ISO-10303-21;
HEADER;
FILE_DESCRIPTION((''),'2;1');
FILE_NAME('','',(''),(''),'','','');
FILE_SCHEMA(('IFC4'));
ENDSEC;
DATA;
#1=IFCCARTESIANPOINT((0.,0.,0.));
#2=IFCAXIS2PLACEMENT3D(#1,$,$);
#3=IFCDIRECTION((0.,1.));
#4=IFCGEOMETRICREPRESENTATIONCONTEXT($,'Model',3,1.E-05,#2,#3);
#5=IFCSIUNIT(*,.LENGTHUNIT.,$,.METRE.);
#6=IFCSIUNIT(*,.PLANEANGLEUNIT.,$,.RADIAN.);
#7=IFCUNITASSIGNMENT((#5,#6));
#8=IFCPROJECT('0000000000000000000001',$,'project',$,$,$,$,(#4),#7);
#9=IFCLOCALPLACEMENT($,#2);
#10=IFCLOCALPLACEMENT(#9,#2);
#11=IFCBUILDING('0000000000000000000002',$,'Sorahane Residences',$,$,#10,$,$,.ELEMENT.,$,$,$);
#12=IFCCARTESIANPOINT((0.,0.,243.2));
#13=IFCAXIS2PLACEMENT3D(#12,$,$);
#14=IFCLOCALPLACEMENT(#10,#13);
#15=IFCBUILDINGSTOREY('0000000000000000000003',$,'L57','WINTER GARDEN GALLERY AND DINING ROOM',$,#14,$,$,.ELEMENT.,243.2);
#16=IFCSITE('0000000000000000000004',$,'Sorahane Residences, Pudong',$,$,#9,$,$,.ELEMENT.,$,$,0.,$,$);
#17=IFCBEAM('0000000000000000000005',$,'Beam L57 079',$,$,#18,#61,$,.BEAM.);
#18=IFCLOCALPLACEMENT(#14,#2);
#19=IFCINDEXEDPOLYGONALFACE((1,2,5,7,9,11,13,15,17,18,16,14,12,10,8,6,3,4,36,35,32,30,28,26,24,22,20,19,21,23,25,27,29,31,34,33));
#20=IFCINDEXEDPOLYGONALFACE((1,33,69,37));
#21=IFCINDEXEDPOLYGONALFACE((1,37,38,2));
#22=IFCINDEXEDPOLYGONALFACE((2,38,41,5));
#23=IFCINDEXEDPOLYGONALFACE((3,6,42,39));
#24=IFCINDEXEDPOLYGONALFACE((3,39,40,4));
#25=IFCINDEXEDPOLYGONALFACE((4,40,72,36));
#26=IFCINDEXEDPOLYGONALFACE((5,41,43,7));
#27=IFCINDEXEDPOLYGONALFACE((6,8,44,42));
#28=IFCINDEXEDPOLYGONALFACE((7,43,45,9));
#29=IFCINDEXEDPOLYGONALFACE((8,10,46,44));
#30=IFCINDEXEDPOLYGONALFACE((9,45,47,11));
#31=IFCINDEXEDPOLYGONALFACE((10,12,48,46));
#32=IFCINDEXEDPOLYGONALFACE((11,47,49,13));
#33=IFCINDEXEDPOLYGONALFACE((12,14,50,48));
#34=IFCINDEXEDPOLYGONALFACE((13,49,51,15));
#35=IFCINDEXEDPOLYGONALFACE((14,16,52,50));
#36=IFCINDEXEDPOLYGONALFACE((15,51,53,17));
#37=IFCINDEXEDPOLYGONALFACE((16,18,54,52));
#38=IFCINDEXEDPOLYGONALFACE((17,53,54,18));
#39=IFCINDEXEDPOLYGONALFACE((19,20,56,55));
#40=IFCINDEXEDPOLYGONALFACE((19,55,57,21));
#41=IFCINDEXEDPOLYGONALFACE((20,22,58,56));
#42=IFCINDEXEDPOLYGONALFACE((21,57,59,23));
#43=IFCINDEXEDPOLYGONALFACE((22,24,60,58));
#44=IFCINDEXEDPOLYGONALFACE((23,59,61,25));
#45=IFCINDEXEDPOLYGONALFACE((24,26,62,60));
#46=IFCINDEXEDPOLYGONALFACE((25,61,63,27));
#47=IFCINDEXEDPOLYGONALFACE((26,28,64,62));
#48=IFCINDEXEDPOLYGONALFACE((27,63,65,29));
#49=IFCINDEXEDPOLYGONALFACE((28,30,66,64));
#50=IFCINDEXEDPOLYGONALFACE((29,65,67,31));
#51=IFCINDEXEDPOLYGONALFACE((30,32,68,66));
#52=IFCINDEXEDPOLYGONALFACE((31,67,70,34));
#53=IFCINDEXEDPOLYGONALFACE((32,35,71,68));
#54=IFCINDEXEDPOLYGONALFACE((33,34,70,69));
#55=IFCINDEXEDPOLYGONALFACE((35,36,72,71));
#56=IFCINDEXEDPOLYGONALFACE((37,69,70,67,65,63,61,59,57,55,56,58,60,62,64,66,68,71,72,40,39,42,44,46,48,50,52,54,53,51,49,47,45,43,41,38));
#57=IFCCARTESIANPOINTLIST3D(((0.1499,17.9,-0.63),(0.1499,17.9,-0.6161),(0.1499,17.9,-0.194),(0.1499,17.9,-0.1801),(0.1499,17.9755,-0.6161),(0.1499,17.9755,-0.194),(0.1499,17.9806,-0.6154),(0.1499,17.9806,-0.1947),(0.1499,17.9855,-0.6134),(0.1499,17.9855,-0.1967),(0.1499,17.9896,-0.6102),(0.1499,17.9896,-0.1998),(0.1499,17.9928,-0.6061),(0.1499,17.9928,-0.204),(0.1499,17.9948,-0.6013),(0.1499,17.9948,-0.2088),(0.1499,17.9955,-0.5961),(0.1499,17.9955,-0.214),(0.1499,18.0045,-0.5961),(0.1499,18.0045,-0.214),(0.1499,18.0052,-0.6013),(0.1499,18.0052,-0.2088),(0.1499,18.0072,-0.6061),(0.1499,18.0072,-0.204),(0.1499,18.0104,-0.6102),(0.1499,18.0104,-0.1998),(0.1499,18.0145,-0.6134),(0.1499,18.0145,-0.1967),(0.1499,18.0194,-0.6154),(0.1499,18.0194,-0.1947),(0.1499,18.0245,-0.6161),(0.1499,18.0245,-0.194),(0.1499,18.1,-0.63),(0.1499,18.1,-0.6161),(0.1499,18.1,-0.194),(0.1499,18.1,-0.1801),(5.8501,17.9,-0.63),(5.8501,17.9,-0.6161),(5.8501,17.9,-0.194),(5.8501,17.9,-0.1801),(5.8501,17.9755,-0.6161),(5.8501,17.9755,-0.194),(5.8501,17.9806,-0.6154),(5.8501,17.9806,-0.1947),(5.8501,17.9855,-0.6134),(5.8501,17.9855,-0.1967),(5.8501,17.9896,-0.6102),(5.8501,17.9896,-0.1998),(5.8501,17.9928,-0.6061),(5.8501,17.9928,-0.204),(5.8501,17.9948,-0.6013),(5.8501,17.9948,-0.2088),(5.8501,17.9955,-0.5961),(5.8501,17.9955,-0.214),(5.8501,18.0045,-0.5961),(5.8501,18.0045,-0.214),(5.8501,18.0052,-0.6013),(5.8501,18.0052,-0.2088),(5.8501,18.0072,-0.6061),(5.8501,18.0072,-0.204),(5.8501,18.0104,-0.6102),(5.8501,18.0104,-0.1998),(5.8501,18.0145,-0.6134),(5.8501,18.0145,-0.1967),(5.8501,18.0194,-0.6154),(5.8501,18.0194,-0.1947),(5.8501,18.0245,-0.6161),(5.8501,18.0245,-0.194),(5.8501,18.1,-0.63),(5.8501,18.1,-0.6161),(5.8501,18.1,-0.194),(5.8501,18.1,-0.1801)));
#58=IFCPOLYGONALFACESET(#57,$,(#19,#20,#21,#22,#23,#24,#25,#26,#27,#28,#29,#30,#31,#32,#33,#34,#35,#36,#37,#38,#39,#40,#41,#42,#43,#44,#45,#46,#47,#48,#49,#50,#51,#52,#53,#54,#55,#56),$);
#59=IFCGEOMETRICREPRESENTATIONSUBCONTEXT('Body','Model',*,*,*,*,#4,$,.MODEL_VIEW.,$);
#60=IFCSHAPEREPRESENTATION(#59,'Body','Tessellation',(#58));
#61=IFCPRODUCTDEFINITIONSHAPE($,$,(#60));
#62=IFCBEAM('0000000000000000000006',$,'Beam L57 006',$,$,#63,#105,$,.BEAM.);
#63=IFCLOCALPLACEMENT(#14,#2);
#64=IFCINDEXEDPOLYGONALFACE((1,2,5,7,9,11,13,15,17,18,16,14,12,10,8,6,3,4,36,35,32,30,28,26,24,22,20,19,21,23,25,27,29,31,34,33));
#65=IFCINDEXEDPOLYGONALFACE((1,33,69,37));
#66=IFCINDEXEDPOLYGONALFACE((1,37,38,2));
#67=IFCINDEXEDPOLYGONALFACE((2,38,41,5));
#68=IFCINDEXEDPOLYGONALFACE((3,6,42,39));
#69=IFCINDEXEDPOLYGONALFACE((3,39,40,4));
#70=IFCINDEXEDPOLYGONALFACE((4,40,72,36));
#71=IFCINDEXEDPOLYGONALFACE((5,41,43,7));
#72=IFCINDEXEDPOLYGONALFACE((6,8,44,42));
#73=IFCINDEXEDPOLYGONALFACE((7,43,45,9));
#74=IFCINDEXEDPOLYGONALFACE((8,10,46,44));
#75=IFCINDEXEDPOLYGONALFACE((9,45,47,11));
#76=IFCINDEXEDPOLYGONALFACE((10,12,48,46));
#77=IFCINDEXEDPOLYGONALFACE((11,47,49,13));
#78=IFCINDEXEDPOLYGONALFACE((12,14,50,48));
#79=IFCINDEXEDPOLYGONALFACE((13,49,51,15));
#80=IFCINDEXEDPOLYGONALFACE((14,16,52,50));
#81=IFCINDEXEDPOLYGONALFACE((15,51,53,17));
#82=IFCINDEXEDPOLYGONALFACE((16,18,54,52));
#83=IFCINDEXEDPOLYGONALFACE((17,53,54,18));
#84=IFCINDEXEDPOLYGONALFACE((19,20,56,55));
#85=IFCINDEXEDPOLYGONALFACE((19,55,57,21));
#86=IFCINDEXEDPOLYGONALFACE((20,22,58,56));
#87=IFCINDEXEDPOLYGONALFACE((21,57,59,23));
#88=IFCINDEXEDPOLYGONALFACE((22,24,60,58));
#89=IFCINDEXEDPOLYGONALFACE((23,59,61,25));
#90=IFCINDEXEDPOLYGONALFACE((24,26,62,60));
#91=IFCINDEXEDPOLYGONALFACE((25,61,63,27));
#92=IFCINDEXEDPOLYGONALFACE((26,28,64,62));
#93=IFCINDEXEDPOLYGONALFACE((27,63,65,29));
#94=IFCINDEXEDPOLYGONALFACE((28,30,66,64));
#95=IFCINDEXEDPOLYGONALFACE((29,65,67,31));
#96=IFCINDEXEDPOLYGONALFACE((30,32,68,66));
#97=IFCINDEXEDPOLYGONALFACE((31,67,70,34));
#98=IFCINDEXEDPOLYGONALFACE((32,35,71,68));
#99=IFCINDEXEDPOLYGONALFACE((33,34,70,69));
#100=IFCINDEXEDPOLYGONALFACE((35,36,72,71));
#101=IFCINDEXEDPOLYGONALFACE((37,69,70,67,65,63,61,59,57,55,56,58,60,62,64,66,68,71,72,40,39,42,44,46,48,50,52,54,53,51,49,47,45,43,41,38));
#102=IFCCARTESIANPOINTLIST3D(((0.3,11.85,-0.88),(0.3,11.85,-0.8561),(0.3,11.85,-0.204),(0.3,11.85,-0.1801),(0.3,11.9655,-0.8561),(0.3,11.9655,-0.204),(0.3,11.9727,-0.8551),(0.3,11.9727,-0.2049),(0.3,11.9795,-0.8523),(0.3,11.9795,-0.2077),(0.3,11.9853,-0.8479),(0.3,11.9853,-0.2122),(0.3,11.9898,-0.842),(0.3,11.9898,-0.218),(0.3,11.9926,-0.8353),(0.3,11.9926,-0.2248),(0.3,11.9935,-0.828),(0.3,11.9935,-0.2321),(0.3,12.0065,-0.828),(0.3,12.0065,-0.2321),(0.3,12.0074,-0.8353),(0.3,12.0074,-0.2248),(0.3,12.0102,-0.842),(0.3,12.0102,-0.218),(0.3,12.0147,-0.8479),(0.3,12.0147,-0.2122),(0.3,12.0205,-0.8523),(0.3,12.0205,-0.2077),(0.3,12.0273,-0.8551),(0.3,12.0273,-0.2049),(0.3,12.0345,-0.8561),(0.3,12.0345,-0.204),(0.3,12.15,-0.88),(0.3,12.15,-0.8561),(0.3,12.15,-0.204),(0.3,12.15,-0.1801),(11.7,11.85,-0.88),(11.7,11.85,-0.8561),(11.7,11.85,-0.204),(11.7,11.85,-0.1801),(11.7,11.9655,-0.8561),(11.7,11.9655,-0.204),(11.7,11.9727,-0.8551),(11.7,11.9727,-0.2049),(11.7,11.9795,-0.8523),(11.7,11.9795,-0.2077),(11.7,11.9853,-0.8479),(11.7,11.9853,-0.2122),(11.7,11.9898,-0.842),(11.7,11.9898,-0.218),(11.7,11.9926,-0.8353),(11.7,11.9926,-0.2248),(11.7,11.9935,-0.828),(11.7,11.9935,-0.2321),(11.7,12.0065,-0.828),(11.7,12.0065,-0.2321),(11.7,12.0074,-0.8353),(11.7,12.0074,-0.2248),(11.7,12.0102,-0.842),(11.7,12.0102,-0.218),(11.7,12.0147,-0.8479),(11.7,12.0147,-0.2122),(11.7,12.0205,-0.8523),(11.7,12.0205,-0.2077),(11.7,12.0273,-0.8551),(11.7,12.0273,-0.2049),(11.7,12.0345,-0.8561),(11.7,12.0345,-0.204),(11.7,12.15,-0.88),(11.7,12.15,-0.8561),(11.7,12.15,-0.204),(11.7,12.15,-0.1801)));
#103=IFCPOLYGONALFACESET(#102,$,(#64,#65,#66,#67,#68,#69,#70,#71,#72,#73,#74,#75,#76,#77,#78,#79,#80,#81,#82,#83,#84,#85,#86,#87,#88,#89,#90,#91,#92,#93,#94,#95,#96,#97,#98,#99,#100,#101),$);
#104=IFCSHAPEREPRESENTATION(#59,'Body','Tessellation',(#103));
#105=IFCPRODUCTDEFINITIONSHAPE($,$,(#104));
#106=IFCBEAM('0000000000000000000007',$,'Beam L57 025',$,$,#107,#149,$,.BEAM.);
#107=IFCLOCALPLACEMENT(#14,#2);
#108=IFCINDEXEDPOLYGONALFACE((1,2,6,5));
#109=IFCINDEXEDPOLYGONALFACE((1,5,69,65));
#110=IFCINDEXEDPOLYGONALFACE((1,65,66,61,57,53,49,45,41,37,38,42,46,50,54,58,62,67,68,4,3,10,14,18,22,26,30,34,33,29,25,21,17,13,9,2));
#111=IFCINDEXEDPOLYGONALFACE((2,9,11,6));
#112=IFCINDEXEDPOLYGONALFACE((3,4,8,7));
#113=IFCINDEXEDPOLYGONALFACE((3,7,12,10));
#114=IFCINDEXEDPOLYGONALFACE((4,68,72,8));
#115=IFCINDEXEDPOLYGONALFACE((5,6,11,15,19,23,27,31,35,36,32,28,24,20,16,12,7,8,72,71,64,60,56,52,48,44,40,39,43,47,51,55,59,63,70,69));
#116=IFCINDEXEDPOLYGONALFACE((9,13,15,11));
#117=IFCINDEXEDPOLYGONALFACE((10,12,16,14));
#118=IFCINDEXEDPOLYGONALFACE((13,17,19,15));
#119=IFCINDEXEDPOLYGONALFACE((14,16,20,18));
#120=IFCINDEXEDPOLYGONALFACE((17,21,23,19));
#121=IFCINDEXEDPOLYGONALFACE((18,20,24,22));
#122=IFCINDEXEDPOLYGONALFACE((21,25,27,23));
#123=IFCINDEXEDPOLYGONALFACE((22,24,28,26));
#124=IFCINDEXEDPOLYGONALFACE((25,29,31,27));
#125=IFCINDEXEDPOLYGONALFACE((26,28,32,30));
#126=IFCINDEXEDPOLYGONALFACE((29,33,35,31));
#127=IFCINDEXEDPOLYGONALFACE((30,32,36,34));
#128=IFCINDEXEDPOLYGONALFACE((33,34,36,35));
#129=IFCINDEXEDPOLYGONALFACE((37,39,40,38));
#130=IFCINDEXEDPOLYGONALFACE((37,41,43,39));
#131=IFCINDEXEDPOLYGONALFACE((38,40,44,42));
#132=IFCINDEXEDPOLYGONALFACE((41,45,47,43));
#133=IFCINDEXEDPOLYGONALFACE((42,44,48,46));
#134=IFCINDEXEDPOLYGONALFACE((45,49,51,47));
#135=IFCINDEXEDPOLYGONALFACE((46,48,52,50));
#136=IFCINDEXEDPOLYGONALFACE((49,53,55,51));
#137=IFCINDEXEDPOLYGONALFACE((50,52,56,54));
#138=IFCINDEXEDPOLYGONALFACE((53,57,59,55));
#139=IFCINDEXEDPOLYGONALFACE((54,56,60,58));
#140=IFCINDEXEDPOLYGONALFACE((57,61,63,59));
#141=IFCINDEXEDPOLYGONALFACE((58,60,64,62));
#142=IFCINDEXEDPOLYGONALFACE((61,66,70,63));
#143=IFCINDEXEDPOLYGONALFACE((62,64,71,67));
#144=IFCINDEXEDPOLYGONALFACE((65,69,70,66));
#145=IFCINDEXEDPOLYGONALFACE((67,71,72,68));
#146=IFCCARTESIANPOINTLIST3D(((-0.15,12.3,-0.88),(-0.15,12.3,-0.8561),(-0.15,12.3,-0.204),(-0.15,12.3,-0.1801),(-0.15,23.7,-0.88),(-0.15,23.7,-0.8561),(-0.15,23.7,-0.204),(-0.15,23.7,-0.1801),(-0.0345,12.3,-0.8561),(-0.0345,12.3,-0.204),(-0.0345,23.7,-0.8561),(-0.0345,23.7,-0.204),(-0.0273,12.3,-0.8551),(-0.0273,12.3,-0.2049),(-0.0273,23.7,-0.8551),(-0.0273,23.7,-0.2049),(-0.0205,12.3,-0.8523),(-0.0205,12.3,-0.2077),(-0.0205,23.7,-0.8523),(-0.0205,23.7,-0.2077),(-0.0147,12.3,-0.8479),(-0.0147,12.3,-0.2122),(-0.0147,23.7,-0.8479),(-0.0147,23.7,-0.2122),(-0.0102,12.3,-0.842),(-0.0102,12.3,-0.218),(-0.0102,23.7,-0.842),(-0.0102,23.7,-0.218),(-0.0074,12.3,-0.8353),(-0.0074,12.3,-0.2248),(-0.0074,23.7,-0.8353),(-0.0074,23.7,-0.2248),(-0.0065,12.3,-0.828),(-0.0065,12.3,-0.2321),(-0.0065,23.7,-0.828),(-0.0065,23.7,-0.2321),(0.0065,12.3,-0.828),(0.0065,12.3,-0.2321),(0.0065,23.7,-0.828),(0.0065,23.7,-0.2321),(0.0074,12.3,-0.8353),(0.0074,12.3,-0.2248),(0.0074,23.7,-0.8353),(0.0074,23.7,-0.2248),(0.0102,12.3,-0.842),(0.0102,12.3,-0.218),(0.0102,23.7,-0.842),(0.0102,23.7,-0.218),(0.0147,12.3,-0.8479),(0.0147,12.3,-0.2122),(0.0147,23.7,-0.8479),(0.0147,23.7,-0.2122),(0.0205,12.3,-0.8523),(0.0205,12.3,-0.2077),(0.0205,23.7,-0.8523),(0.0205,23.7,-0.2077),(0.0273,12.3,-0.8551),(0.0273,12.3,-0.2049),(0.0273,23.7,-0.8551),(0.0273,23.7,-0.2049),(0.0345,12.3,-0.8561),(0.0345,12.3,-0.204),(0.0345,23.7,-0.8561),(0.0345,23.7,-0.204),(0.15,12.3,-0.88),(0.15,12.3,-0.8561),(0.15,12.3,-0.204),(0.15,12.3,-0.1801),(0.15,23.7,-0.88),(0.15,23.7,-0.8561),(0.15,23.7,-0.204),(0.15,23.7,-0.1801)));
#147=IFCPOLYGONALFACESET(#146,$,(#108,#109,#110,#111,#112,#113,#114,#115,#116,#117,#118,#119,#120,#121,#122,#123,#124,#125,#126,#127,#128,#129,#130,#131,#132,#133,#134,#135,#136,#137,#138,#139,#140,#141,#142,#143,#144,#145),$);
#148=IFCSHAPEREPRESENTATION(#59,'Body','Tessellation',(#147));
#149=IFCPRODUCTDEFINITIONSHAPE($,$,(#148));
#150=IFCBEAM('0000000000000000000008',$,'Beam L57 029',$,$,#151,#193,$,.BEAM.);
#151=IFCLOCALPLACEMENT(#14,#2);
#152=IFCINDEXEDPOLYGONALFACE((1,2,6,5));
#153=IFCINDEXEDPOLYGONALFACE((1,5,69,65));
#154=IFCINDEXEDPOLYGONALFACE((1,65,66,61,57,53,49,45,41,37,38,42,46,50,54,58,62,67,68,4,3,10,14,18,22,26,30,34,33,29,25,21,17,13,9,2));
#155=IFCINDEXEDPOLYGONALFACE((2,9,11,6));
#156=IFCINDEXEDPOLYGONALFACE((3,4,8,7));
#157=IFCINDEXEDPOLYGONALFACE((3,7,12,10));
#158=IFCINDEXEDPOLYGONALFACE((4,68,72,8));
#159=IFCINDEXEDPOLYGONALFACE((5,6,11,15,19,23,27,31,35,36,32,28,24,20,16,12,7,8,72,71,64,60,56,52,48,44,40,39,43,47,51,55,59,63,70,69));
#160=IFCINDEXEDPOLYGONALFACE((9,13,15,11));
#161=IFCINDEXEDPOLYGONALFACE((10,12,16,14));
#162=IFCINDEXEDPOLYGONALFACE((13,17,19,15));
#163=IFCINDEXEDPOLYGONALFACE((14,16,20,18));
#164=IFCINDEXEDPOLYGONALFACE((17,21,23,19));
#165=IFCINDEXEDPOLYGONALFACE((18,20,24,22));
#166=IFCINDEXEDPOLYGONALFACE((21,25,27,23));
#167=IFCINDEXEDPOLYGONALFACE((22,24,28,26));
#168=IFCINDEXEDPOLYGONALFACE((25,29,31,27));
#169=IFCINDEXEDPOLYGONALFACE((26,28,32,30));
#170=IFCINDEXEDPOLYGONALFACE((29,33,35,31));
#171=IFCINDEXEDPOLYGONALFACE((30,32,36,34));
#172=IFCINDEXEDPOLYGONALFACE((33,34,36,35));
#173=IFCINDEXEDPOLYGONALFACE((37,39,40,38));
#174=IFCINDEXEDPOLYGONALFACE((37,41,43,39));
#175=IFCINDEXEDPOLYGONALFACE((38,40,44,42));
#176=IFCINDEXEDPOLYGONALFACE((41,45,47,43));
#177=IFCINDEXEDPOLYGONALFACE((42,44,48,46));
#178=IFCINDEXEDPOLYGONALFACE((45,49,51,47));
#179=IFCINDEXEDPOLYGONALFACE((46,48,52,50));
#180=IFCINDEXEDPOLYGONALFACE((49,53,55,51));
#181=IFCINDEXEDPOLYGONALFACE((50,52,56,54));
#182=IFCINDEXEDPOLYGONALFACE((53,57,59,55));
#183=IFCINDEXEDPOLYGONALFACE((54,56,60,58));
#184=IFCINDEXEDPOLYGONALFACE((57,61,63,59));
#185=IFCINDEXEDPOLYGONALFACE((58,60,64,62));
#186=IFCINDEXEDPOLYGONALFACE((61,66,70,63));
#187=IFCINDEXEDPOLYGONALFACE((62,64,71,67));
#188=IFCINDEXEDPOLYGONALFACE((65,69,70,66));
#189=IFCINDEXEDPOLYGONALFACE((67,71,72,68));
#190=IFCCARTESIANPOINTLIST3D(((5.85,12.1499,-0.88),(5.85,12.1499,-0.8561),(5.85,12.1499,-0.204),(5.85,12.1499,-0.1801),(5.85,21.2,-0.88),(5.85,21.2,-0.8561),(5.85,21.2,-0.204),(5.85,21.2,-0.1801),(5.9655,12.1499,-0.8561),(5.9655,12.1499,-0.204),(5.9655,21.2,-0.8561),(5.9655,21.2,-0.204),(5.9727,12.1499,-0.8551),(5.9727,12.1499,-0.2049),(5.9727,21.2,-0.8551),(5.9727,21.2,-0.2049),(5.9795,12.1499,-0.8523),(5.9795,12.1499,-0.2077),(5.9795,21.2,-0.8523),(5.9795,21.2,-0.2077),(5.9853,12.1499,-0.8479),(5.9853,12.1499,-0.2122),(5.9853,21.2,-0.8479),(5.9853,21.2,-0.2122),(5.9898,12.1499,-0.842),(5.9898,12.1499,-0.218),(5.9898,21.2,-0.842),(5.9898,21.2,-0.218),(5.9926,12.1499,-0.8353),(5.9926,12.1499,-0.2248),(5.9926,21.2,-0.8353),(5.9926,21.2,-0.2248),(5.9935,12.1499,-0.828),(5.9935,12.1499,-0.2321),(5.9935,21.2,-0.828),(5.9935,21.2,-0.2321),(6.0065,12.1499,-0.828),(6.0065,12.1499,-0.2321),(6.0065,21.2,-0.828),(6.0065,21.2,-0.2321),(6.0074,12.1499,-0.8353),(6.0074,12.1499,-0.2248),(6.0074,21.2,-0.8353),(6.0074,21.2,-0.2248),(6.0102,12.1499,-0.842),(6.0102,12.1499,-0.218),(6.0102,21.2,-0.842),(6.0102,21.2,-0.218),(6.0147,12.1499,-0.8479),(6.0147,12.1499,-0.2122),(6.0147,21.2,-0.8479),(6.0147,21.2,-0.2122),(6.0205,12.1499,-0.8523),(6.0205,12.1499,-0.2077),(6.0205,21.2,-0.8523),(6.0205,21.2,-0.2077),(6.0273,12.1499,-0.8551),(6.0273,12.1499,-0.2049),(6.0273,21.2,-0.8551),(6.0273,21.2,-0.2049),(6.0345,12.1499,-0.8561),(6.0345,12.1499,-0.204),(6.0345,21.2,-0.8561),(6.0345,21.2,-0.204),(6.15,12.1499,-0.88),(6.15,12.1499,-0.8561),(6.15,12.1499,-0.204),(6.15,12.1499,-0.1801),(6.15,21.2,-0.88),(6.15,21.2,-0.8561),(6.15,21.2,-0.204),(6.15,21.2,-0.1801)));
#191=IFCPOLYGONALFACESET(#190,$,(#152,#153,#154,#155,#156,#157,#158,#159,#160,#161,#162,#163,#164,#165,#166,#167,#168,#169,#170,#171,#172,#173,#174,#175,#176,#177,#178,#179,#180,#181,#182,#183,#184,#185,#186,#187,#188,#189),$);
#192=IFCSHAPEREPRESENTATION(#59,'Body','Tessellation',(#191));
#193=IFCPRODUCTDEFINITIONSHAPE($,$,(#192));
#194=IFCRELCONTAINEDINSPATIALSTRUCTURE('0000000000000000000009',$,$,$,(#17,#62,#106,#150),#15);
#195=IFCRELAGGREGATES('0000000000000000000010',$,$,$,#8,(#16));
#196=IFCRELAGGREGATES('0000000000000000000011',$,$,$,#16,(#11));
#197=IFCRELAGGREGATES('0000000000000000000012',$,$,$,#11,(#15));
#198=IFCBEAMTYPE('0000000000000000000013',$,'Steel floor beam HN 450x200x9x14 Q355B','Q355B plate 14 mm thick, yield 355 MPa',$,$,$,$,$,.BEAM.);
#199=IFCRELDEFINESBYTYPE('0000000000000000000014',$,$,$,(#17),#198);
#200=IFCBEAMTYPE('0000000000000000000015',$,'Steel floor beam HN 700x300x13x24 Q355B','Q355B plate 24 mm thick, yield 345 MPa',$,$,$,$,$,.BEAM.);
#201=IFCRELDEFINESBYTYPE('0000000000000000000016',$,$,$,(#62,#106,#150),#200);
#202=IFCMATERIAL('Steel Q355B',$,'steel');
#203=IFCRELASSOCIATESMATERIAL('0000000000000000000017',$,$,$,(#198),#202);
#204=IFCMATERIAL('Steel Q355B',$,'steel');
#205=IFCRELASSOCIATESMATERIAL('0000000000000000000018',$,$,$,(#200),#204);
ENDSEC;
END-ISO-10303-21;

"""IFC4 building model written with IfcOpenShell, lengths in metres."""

from ifc_helpers import new_model, si_unit, direction, frame, origin, origin_2d, place, context, subcontext, project, spatial, i_section, extrude, material, material_profile, profile_set, type_object, element, save


model = new_model("IFC4")

# Units and contexts
model_context = context("Model", 3, precision=1e-05, world=origin(), true_north=direction((0.0, 1.0)))
body_context = subcontext(model_context, "Body", "Model", "MODEL_VIEW")
ifc_project = project(units=[si_unit("LENGTHUNIT", "METRE"), si_unit("PLANEANGLEUNIT", "RADIAN")], contexts=[model_context])

# Site, building, storey
site_placement = place(None, origin())
site = spatial("IfcSite", under=ifc_project, at=site_placement, Name="Sorahane Residences, Pudong", CompositionType="ELEMENT", RefElevation=0.0)
building_placement = place(site_placement, origin())
building = spatial("IfcBuilding", under=site, at=building_placement, Name="Sorahane Residences", CompositionType="ELEMENT")
storey_placement = place(building_placement, frame((0.0, 0.0, 243.2)))
storey = spatial("IfcBuildingStorey", under=building, at=storey_placement, Name="L57", Description="WINTER GARDEN GALLERY AND DINING ROOM", CompositionType="ELEMENT", Elevation=243.2)

# Beams
ifc_material_1 = material(Name="Steel Q355B", Category="steel")
ifc_material_profile_1 = material_profile(ifc_material_1, i_section(OverallWidth=0.2, OverallDepth=0.45, WebThickness=0.009, FlangeThickness=0.0139, FilletRadius=0.02, at=origin_2d()), Name="HN 450x200x9x14")
ifc_profile_set_1 = profile_set([ifc_material_profile_1], Name="Steel Q355B")
beam_type_1 = type_object("IfcBeamType", Name="Steel floor beam HN 450x200x9x14 Q355B", Description="Q355B plate 14 mm thick, yield 355 MPa", PredefinedType="BEAM", material=ifc_profile_set_1)
beam_1_placement = place(storey_placement, frame((0.1499, 18.0, -0.405), z_axis=(1.0, 0.0, 0.0), x_axis=(0.0, 1.0, 0.0)))
element("IfcBeam", 1, at=beam_1_placement, inside=storey, type_object=beam_type_1, Name="Beam L57 079", PredefinedType="BEAM", context=body_context, shape_type="SweptSolid", body=[
    extrude(i_section(OverallWidth=0.2, OverallDepth=0.45, WebThickness=0.009, FlangeThickness=0.0139, FilletRadius=0.02, at=origin_2d()), origin(), (0.0, 0.0, 1.0), 5.7002),
])
ifc_material_2 = material(Name="Steel Q355B", Category="steel")
ifc_material_profile_2 = material_profile(ifc_material_2, i_section(OverallWidth=0.3, OverallDepth=0.7, WebThickness=0.0129, FlangeThickness=0.0239, FilletRadius=0.0281, at=origin_2d()), Name="HN 700x300x13x24")
ifc_profile_set_2 = profile_set([ifc_material_profile_2], Name="Steel Q355B")
beam_type_2 = type_object("IfcBeamType", Name="Steel floor beam HN 700x300x13x24 Q355B", Description="Q355B plate 24 mm thick, yield 345 MPa", PredefinedType="BEAM", material=ifc_profile_set_2)
for number, where, z_axis, x_axis, name in (
    (2, (0.3, 12.0, -0.53), (1.0, 0.0, 0.0), (0.0, 1.0, 0.0), "Beam L57 006"),
    (3, (0.0, 12.3, -0.53), (0.0, 1.0, 0.0), (-1.0, 0.0, 0.0), "Beam L57 025"),
):
    element("IfcBeam", number, at=place(storey_placement, frame(where, z_axis=z_axis, x_axis=x_axis)), inside=storey, type_object=beam_type_2, Name=name, PredefinedType="BEAM", context=body_context, shape_type="SweptSolid", body=[
        extrude(i_section(OverallWidth=0.3, OverallDepth=0.7, WebThickness=0.0129, FlangeThickness=0.0239, FilletRadius=0.0281, at=origin_2d()), origin(), (0.0, 0.0, 1.0), 11.3999),
    ])
beam_2_placement = place(storey_placement, frame((6.0, 12.1499, -0.53), z_axis=(0.0, 1.0, 0.0), x_axis=(-1.0, 0.0, 0.0)))
element("IfcBeam", 4, at=beam_2_placement, inside=storey, type_object=beam_type_2, Name="Beam L57 029", PredefinedType="BEAM", context=body_context, shape_type="SweptSolid", body=[
    extrude(i_section(OverallWidth=0.3, OverallDepth=0.7, WebThickness=0.0129, FlangeThickness=0.0239, FilletRadius=0.0281, at=origin_2d()), origin(), (0.0, 0.0, 1.0), 9.05),
])

save(model, "model.ifc")
